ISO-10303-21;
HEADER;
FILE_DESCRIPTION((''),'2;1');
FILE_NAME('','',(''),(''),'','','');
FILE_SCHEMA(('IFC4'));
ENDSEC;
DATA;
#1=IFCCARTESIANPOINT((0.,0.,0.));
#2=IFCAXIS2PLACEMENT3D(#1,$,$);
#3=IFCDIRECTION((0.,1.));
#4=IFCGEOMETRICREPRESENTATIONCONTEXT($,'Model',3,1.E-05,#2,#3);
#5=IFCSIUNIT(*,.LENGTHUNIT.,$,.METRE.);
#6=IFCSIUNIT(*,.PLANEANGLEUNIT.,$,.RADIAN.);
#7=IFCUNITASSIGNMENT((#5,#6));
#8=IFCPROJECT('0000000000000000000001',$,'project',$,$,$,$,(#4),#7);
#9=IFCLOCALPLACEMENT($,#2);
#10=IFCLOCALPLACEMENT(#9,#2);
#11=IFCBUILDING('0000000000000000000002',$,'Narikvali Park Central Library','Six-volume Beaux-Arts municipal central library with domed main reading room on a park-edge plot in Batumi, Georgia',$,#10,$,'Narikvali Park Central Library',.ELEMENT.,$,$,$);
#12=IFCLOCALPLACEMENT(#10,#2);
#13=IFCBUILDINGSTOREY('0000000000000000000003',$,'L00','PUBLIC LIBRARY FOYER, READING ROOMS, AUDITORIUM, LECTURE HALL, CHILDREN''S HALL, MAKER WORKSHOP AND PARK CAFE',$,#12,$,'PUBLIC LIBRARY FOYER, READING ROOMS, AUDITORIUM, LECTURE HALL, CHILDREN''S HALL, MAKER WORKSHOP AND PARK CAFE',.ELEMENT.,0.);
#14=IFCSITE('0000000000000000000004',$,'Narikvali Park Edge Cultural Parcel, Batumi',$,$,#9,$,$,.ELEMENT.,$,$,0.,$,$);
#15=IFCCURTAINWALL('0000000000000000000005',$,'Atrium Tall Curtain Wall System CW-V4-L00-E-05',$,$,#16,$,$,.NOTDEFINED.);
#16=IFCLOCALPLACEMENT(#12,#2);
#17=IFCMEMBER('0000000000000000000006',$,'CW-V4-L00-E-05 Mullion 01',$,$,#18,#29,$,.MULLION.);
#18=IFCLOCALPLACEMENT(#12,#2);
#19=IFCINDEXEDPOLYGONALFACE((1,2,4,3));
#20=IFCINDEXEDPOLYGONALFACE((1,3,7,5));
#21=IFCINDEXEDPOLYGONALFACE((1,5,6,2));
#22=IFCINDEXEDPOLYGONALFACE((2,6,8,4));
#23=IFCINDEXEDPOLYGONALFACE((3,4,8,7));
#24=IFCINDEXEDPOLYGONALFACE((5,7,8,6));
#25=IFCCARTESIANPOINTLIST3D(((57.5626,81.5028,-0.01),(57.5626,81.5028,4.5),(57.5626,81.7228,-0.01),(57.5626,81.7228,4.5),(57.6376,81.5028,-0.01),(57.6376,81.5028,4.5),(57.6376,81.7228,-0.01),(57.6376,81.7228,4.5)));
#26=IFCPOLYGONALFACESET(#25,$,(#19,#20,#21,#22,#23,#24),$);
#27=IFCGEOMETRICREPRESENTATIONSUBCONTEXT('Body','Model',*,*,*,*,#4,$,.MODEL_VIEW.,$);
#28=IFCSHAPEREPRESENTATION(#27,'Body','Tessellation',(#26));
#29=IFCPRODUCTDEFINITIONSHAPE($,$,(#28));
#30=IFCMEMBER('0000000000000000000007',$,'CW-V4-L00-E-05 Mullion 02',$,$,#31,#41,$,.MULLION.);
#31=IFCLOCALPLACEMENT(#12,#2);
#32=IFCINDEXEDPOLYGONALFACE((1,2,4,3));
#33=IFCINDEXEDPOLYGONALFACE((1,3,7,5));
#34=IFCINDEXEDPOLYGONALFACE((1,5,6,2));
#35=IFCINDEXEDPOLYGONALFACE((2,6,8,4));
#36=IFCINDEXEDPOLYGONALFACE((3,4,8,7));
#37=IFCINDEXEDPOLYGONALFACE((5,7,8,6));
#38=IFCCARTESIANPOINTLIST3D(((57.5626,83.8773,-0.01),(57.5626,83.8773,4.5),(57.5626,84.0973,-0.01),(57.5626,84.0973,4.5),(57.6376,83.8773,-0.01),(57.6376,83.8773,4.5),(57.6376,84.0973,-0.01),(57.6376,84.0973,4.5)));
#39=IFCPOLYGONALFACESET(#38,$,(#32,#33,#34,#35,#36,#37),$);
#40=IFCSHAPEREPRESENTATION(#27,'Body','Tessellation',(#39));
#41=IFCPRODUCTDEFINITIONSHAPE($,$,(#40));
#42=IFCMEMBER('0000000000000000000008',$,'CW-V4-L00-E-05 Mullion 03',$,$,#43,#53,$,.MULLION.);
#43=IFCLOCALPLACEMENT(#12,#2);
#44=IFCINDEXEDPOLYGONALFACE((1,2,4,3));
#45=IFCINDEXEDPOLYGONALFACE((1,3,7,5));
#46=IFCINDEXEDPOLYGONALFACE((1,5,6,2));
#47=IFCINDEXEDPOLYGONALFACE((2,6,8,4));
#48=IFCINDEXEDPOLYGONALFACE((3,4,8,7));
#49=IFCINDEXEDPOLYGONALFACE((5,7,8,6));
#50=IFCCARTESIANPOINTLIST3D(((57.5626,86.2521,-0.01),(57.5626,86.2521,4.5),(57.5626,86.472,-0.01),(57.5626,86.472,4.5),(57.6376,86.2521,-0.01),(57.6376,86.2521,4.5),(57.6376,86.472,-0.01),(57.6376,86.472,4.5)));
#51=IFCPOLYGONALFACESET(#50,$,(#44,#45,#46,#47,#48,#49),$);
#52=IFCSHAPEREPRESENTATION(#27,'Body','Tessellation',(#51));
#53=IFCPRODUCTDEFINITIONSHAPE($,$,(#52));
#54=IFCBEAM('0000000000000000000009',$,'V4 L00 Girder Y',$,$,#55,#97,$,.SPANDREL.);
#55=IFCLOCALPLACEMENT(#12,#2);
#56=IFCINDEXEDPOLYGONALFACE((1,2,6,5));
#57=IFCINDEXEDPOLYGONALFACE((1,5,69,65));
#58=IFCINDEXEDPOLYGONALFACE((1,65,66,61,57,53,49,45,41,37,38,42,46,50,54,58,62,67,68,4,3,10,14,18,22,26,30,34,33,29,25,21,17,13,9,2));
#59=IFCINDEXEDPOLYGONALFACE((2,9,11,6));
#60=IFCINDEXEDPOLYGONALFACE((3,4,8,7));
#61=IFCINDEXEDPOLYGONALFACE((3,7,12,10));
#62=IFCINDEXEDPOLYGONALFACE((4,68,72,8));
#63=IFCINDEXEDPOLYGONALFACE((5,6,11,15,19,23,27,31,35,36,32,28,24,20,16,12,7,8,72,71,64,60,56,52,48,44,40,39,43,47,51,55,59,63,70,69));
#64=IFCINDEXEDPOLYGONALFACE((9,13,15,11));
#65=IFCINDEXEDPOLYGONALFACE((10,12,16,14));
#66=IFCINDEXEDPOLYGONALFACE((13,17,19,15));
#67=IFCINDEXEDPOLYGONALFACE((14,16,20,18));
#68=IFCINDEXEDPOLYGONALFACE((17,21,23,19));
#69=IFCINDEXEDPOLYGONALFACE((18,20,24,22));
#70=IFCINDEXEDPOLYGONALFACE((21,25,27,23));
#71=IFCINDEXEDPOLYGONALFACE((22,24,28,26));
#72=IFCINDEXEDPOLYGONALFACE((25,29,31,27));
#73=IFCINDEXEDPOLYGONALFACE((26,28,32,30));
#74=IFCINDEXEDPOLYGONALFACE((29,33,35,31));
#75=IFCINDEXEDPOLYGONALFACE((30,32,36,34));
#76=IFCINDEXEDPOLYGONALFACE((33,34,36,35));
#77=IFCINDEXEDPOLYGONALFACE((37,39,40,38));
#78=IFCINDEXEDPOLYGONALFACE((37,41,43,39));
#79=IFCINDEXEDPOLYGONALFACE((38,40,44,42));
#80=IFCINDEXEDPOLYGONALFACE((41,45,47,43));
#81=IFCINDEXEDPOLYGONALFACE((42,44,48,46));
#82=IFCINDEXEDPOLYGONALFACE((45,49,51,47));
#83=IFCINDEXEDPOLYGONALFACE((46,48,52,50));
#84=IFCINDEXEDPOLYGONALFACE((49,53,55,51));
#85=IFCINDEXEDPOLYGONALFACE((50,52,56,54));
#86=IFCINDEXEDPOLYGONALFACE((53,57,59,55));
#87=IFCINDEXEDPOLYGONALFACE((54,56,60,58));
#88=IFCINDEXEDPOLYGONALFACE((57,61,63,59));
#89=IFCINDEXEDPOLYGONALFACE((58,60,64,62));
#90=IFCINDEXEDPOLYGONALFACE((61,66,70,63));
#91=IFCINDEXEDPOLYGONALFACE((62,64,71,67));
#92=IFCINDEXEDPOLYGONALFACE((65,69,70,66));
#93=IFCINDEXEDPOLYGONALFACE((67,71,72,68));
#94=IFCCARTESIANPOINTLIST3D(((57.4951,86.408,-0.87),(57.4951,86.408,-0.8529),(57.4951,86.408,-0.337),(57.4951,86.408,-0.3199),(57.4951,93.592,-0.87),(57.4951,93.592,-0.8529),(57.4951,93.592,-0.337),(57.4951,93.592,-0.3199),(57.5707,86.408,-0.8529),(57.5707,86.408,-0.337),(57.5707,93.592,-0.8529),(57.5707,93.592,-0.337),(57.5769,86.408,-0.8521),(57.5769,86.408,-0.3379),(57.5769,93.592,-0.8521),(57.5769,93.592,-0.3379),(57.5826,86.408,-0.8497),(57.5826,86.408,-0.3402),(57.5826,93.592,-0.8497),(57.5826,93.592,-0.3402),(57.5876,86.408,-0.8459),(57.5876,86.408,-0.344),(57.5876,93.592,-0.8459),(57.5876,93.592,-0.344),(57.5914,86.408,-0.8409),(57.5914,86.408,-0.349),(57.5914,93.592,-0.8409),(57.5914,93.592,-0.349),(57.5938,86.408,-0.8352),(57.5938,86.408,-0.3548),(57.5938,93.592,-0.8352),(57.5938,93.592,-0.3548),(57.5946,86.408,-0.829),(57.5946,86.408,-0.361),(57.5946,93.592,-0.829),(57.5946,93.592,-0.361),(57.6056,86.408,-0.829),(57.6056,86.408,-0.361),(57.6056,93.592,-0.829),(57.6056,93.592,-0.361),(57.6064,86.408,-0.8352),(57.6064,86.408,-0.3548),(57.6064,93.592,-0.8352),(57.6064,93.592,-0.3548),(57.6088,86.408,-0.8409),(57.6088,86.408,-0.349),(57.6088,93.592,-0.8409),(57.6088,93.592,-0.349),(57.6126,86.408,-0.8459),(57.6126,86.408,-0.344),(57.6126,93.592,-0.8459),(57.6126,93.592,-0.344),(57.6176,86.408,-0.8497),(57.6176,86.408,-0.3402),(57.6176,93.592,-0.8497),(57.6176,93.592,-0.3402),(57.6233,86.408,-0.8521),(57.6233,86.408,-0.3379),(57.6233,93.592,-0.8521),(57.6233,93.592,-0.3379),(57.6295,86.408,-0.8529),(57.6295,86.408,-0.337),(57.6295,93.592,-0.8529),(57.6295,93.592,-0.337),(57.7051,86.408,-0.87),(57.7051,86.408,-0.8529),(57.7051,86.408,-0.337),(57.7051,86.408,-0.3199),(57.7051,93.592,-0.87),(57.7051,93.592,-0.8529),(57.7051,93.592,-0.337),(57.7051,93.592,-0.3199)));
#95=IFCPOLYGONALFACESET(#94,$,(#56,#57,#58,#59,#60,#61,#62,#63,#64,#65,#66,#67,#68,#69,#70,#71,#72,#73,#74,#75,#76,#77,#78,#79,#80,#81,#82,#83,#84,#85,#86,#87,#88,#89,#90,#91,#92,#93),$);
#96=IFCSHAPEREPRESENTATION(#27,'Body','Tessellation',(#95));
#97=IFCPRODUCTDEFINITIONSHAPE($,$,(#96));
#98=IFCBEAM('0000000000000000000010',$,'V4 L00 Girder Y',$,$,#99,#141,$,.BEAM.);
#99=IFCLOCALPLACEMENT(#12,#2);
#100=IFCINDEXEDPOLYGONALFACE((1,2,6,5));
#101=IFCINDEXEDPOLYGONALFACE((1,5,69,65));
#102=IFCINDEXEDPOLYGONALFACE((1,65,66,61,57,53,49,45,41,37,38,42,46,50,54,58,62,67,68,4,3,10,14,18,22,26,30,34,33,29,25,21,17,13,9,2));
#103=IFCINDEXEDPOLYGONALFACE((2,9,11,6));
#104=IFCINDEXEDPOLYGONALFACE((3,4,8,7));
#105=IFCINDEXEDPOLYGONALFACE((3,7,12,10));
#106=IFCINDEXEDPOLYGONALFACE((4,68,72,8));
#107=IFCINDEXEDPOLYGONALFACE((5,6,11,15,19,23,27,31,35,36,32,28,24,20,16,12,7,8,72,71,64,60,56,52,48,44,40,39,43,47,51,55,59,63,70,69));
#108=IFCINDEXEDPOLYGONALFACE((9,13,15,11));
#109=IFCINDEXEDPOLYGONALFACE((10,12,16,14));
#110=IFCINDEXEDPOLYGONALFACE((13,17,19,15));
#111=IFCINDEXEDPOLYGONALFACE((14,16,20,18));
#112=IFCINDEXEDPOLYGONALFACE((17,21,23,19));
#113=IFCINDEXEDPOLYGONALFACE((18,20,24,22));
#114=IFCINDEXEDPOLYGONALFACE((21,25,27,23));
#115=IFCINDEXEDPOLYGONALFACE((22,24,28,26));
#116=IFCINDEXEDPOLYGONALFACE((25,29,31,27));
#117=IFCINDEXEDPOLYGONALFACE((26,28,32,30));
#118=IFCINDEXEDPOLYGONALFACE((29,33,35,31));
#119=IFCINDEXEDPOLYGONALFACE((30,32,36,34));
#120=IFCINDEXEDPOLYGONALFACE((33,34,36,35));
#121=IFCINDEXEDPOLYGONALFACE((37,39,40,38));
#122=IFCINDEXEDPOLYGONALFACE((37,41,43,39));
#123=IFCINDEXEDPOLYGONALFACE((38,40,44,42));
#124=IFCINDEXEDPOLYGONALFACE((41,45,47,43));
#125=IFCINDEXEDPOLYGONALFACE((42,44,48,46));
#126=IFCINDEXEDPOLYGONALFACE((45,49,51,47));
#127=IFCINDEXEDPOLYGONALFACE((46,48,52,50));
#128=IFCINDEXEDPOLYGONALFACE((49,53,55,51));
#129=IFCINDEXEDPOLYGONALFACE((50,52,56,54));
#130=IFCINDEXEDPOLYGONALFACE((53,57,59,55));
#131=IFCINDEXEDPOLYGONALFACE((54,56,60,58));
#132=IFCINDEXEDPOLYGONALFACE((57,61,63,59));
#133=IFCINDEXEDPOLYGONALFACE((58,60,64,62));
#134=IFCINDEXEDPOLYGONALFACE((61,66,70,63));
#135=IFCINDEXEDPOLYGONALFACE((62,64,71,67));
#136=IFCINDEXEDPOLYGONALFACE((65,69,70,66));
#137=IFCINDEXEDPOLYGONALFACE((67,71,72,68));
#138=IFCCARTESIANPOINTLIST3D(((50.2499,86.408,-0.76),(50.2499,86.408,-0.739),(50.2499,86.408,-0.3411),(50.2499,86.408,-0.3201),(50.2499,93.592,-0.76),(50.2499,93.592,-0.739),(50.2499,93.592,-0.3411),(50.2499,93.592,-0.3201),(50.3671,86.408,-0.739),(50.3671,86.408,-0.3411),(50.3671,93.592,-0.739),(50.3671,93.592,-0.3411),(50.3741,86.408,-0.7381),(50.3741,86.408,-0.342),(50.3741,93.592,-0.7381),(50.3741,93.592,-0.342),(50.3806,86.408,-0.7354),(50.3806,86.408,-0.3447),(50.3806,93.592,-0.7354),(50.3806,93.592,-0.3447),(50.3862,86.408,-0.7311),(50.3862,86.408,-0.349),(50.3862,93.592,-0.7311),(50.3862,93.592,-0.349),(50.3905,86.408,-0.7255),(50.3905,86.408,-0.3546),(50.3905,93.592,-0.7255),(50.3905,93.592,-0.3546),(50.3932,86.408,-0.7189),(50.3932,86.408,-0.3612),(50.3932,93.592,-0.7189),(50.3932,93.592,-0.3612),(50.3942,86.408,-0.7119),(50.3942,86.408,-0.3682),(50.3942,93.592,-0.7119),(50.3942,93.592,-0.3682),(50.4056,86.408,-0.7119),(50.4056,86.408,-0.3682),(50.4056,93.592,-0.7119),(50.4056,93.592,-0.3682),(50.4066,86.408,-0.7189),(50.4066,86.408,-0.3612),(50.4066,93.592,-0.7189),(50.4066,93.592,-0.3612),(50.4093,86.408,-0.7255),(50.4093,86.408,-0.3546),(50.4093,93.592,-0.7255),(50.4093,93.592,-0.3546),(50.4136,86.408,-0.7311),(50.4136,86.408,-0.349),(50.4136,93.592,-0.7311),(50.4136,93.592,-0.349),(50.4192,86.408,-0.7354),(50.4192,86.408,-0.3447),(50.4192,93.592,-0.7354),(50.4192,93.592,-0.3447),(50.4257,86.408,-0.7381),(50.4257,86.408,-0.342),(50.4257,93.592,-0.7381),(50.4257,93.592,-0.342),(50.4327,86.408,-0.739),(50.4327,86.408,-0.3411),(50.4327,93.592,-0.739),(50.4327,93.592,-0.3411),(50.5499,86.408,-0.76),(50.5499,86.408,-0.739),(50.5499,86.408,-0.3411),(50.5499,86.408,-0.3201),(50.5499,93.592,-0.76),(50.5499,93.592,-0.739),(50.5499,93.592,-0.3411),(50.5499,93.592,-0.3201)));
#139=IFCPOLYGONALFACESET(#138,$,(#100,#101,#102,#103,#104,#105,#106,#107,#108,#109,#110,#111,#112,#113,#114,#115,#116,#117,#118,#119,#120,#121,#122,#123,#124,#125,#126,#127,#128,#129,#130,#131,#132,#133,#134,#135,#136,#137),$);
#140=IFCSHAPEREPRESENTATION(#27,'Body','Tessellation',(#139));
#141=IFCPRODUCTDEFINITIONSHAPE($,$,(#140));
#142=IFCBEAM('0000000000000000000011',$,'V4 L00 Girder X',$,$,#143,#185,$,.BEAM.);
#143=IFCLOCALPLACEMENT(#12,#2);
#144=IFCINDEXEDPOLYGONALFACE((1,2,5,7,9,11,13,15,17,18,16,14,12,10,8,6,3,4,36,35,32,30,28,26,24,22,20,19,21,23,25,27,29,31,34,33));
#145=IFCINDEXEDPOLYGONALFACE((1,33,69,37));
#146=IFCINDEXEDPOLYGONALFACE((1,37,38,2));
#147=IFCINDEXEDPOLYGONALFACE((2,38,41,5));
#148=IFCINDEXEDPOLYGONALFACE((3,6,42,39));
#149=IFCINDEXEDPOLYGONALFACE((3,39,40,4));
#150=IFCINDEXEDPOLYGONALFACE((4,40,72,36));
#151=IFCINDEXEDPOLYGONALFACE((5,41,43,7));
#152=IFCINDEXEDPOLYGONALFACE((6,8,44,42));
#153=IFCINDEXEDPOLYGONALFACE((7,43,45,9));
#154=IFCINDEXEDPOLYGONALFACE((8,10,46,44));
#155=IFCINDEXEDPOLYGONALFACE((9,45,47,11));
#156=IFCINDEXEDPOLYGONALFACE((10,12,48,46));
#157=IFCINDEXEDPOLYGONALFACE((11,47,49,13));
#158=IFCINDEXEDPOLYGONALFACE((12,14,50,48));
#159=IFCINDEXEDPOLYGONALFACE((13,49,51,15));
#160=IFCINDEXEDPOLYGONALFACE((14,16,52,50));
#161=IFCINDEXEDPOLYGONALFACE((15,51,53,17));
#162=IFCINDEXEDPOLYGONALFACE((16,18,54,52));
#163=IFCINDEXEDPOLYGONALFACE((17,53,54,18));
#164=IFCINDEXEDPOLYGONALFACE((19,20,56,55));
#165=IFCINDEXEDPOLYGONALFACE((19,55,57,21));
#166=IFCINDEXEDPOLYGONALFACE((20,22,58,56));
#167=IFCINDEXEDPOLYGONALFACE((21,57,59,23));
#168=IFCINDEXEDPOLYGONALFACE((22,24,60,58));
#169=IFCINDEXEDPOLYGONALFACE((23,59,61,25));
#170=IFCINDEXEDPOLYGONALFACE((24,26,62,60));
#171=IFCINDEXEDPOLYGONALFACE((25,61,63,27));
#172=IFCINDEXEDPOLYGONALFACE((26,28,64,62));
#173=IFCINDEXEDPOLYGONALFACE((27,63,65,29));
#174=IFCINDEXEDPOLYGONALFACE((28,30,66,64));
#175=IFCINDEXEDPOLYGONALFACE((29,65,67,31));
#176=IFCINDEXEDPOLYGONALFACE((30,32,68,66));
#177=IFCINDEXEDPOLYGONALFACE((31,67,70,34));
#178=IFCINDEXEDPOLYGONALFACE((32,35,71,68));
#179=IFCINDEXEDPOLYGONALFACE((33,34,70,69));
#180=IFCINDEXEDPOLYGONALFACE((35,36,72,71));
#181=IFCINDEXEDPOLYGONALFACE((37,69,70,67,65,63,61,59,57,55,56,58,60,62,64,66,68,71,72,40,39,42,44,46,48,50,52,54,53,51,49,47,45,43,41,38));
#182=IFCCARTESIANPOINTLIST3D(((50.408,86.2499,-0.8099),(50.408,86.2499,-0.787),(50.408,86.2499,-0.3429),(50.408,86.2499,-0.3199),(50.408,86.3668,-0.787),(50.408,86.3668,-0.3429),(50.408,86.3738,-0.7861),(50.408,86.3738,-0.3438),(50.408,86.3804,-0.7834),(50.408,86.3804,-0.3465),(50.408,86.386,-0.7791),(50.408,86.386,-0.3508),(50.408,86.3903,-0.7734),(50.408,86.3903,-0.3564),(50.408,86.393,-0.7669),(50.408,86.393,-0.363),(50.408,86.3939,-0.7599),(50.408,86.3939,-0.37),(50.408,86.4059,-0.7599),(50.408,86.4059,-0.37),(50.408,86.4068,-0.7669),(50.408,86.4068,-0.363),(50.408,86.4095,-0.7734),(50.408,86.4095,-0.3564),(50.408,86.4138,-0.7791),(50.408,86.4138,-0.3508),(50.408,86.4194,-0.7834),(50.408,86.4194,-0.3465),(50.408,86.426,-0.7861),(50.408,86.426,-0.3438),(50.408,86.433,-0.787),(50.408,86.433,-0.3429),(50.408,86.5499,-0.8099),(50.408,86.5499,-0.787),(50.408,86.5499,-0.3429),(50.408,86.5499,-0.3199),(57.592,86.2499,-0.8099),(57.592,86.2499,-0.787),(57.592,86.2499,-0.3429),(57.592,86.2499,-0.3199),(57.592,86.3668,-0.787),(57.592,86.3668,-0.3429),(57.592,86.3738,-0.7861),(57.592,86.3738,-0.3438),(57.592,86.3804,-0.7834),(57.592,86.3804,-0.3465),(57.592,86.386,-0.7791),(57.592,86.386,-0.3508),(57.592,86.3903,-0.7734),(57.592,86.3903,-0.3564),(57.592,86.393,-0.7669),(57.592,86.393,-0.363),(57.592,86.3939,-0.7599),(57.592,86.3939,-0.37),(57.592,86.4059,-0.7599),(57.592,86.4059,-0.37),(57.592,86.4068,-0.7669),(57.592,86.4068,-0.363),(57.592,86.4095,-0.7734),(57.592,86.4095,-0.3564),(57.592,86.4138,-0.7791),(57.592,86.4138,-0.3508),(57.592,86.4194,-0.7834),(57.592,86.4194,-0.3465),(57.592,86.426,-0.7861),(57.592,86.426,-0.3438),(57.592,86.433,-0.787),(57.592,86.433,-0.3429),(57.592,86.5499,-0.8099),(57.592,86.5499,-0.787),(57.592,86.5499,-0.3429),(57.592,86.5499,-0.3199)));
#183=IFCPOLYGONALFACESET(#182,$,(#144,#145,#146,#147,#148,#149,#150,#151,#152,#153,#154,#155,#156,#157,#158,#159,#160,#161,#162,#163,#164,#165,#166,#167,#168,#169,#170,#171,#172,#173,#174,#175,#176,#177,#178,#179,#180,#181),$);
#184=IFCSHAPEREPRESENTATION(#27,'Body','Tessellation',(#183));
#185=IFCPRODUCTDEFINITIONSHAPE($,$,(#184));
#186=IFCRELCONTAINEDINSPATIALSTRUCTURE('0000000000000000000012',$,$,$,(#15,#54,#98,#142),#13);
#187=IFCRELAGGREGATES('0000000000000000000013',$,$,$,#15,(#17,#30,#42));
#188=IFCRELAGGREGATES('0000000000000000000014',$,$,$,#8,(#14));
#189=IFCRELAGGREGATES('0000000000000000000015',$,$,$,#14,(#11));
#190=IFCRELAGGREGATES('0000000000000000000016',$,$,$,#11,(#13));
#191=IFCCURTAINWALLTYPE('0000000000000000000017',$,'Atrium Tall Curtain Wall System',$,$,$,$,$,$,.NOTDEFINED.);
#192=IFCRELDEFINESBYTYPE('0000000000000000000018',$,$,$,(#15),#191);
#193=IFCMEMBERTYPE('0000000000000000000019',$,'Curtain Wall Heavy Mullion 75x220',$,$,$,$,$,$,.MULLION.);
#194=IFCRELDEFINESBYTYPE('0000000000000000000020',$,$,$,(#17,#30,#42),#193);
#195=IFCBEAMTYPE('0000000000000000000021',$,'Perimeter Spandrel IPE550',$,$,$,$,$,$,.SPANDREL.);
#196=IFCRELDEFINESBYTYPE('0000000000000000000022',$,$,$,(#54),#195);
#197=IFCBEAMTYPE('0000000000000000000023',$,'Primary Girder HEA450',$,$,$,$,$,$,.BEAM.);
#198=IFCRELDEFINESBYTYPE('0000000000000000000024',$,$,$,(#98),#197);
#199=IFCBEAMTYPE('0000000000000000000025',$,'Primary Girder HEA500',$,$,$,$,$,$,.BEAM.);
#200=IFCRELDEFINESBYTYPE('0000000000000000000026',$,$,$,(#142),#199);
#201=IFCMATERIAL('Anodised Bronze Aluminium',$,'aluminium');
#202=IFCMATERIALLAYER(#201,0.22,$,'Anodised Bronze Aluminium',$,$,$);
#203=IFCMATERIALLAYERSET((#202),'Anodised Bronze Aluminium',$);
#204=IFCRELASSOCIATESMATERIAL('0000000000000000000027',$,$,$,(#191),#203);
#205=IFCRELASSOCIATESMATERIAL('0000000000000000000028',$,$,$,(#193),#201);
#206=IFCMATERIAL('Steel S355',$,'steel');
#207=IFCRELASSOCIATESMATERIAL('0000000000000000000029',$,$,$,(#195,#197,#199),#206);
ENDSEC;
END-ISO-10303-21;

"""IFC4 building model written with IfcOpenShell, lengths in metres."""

from ifc_helpers import new_model, si_unit, direction, frame, origin, origin_2d, place, context, subcontext, project, spatial, rectangle, i_section, extrude, material, layer, layer_set, material_profile, profile_set, type_object, element, aggregate, save


model = new_model("IFC4")

# Units and contexts
model_context = context("Model", 3, precision=1e-05, world=origin(), true_north=direction((0.0, 1.0)))
body_context = subcontext(model_context, "Body", "Model", "MODEL_VIEW")
ifc_project = project(units=[si_unit("LENGTHUNIT", "METRE"), si_unit("PLANEANGLEUNIT", "RADIAN")], contexts=[model_context])

# Site, building, storey
site_placement = place(None, origin())
site = spatial("IfcSite", under=ifc_project, at=site_placement, Name="Narikvali Park Edge Cultural Parcel, Batumi", CompositionType="ELEMENT", RefElevation=0.0)
building_placement = place(site_placement, origin())
building = spatial("IfcBuilding", under=site, at=building_placement, Name="Narikvali Park Central Library", Description="Six-volume Beaux-Arts municipal central library with domed main reading room on a park-edge plot in Batumi, Georgia", LongName="Narikvali Park Central Library", CompositionType="ELEMENT")
storey_placement = place(building_placement, origin())
storey = spatial("IfcBuildingStorey", under=building, at=storey_placement, Name="L00", Description="PUBLIC LIBRARY FOYER, READING ROOMS, AUDITORIUM, LECTURE HALL, CHILDREN'S HALL, MAKER WORKSHOP AND PARK CAFE", LongName="PUBLIC LIBRARY FOYER, READING ROOMS, AUDITORIUM, LECTURE HALL, CHILDREN'S HALL, MAKER WORKSHOP AND PARK CAFE", CompositionType="ELEMENT", Elevation=0.0)

# Shared definitions
ifc_material_1 = material(Name="Steel S355", Category="steel")

# Curtain wall, members
ifc_material_2 = material(Name="Anodised Bronze Aluminium", Category="aluminium")
ifc_layer_1 = layer(ifc_material_2, 0.22, Name="Anodised Bronze Aluminium")
ifc_layer_set_1 = layer_set([ifc_layer_1], Name="Anodised Bronze Aluminium")
curtain_wall_type = type_object("IfcCurtainWallType", Name="Atrium Tall Curtain Wall System", PredefinedType="NOTDEFINED", material=ifc_layer_set_1)
curtain_wall_placement = place(storey_placement, origin())
curtain_wall = element("IfcCurtainWall", 1, at=curtain_wall_placement, inside=storey, type_object=curtain_wall_type, Name="Atrium Tall Curtain Wall System CW-V4-L00-E-05", PredefinedType="NOTDEFINED")
ifc_material_profile_1 = material_profile(ifc_material_2, rectangle(XDim=0.075, YDim=0.22, at=origin_2d()), Name="CW MULLION 75x220")
ifc_profile_set_1 = profile_set([ifc_material_profile_1], Name="Anodised Bronze Aluminium")
member_type = type_object("IfcMemberType", Name="Curtain Wall Heavy Mullion 75x220", PredefinedType="MULLION", material=ifc_profile_set_1)
member_1_placement = place(storey_placement, frame((57.6001, 81.6128, -0.01), z_axis=(0.0, 0.0, 1.0), x_axis=(1.0, 0.0, 0.0)))
member_1 = element("IfcMember", 2, at=member_1_placement, type_object=member_type, Name="CW-V4-L00-E-05 Mullion 01", PredefinedType="MULLION", context=body_context, shape_type="SweptSolid", body=[
    extrude(rectangle(XDim=0.075, YDim=0.22, at=origin_2d()), origin(), (0.0, 0.0, 1.0), 4.51),
])
member_2_placement = place(storey_placement, frame((57.6001, 83.9873, -0.01), z_axis=(0.0, 0.0, 1.0), x_axis=(1.0, 0.0, 0.0)))
member_2 = element("IfcMember", 3, at=member_2_placement, type_object=member_type, Name="CW-V4-L00-E-05 Mullion 02", PredefinedType="MULLION", context=body_context, shape_type="SweptSolid", body=[
    extrude(rectangle(XDim=0.075, YDim=0.22, at=origin_2d()), origin(), (0.0, 0.0, 1.0), 4.51),
])
member_3_placement = place(storey_placement, frame((57.6001, 86.3621, -0.01), z_axis=(0.0, 0.0, 1.0), x_axis=(1.0, 0.0, 0.0)))
member_3 = element("IfcMember", 4, at=member_3_placement, type_object=member_type, Name="CW-V4-L00-E-05 Mullion 03", PredefinedType="MULLION", context=body_context, shape_type="SweptSolid", body=[
    extrude(rectangle(XDim=0.075, YDim=0.22, at=origin_2d()), origin(), (0.0, 0.0, 1.0), 4.51),
])

# Beams
ifc_material_profile_2 = material_profile(ifc_material_1, i_section(OverallWidth=0.21, OverallDepth=0.55, WebThickness=0.011, FlangeThickness=0.0171, FilletRadius=0.0239, at=origin_2d()), Name="IPE 550")
ifc_profile_set_2 = profile_set([ifc_material_profile_2], Name="Steel S355")
beam_type_1 = type_object("IfcBeamType", Name="Perimeter Spandrel IPE550", PredefinedType="SPANDREL", material=ifc_profile_set_2)
beam_1_placement = place(storey_placement, frame((57.6001, 86.408, -0.595), z_axis=(0.0, 1.0, 0.0), x_axis=(-1.0, 0.0, 0.0)))
element("IfcBeam", 5, at=beam_1_placement, inside=storey, type_object=beam_type_1, Name="V4 L00 Girder Y", PredefinedType="SPANDREL", context=body_context, shape_type="SweptSolid", body=[
    extrude(i_section(OverallWidth=0.21, OverallDepth=0.55, WebThickness=0.011, FlangeThickness=0.0171, FilletRadius=0.0239, at=origin_2d()), origin(), (0.0, 0.0, 1.0), 7.1841),
])
ifc_material_profile_3 = material_profile(ifc_material_1, i_section(OverallWidth=0.3, OverallDepth=0.4399, WebThickness=0.0115, FlangeThickness=0.021, FilletRadius=0.0271, at=origin_2d()), Name="HEA 450")
ifc_profile_set_3 = profile_set([ifc_material_profile_3], Name="Steel S355")
beam_type_2 = type_object("IfcBeamType", Name="Primary Girder HEA450", PredefinedType="BEAM", material=ifc_profile_set_3)
beam_2_placement = place(storey_placement, frame((50.3999, 86.408, -0.54), z_axis=(0.0, 1.0, 0.0), x_axis=(-1.0, 0.0, 0.0)))
element("IfcBeam", 6, at=beam_2_placement, inside=storey, type_object=beam_type_2, Name="V4 L00 Girder Y", PredefinedType="BEAM", context=body_context, shape_type="SweptSolid", body=[
    extrude(i_section(OverallWidth=0.3, OverallDepth=0.4399, WebThickness=0.0115, FlangeThickness=0.021, FilletRadius=0.0271, at=origin_2d()), origin(), (0.0, 0.0, 1.0), 7.1841),
])
ifc_material_profile_4 = material_profile(ifc_material_1, i_section(OverallWidth=0.3, OverallDepth=0.49, WebThickness=0.012, FlangeThickness=0.0229, FilletRadius=0.0271, at=origin_2d()), Name="HEA 500")
ifc_profile_set_4 = profile_set([ifc_material_profile_4], Name="Steel S355")
beam_type_3 = type_object("IfcBeamType", Name="Primary Girder HEA500", PredefinedType="BEAM", material=ifc_profile_set_4)
beam_3_placement = place(storey_placement, frame((50.408, 86.3999, -0.5649), z_axis=(1.0, 0.0, 0.0), x_axis=(0.0, 1.0, 0.0)))
element("IfcBeam", 7, at=beam_3_placement, inside=storey, type_object=beam_type_3, Name="V4 L00 Girder X", PredefinedType="BEAM", context=body_context, shape_type="SweptSolid", body=[
    extrude(i_section(OverallWidth=0.3, OverallDepth=0.49, WebThickness=0.012, FlangeThickness=0.0229, FilletRadius=0.0271, at=origin_2d()), origin(), (0.0, 0.0, 1.0), 7.1841),
])

aggregate(curtain_wall, [member_1, member_2, member_3])

save(model, "model.ifc")
